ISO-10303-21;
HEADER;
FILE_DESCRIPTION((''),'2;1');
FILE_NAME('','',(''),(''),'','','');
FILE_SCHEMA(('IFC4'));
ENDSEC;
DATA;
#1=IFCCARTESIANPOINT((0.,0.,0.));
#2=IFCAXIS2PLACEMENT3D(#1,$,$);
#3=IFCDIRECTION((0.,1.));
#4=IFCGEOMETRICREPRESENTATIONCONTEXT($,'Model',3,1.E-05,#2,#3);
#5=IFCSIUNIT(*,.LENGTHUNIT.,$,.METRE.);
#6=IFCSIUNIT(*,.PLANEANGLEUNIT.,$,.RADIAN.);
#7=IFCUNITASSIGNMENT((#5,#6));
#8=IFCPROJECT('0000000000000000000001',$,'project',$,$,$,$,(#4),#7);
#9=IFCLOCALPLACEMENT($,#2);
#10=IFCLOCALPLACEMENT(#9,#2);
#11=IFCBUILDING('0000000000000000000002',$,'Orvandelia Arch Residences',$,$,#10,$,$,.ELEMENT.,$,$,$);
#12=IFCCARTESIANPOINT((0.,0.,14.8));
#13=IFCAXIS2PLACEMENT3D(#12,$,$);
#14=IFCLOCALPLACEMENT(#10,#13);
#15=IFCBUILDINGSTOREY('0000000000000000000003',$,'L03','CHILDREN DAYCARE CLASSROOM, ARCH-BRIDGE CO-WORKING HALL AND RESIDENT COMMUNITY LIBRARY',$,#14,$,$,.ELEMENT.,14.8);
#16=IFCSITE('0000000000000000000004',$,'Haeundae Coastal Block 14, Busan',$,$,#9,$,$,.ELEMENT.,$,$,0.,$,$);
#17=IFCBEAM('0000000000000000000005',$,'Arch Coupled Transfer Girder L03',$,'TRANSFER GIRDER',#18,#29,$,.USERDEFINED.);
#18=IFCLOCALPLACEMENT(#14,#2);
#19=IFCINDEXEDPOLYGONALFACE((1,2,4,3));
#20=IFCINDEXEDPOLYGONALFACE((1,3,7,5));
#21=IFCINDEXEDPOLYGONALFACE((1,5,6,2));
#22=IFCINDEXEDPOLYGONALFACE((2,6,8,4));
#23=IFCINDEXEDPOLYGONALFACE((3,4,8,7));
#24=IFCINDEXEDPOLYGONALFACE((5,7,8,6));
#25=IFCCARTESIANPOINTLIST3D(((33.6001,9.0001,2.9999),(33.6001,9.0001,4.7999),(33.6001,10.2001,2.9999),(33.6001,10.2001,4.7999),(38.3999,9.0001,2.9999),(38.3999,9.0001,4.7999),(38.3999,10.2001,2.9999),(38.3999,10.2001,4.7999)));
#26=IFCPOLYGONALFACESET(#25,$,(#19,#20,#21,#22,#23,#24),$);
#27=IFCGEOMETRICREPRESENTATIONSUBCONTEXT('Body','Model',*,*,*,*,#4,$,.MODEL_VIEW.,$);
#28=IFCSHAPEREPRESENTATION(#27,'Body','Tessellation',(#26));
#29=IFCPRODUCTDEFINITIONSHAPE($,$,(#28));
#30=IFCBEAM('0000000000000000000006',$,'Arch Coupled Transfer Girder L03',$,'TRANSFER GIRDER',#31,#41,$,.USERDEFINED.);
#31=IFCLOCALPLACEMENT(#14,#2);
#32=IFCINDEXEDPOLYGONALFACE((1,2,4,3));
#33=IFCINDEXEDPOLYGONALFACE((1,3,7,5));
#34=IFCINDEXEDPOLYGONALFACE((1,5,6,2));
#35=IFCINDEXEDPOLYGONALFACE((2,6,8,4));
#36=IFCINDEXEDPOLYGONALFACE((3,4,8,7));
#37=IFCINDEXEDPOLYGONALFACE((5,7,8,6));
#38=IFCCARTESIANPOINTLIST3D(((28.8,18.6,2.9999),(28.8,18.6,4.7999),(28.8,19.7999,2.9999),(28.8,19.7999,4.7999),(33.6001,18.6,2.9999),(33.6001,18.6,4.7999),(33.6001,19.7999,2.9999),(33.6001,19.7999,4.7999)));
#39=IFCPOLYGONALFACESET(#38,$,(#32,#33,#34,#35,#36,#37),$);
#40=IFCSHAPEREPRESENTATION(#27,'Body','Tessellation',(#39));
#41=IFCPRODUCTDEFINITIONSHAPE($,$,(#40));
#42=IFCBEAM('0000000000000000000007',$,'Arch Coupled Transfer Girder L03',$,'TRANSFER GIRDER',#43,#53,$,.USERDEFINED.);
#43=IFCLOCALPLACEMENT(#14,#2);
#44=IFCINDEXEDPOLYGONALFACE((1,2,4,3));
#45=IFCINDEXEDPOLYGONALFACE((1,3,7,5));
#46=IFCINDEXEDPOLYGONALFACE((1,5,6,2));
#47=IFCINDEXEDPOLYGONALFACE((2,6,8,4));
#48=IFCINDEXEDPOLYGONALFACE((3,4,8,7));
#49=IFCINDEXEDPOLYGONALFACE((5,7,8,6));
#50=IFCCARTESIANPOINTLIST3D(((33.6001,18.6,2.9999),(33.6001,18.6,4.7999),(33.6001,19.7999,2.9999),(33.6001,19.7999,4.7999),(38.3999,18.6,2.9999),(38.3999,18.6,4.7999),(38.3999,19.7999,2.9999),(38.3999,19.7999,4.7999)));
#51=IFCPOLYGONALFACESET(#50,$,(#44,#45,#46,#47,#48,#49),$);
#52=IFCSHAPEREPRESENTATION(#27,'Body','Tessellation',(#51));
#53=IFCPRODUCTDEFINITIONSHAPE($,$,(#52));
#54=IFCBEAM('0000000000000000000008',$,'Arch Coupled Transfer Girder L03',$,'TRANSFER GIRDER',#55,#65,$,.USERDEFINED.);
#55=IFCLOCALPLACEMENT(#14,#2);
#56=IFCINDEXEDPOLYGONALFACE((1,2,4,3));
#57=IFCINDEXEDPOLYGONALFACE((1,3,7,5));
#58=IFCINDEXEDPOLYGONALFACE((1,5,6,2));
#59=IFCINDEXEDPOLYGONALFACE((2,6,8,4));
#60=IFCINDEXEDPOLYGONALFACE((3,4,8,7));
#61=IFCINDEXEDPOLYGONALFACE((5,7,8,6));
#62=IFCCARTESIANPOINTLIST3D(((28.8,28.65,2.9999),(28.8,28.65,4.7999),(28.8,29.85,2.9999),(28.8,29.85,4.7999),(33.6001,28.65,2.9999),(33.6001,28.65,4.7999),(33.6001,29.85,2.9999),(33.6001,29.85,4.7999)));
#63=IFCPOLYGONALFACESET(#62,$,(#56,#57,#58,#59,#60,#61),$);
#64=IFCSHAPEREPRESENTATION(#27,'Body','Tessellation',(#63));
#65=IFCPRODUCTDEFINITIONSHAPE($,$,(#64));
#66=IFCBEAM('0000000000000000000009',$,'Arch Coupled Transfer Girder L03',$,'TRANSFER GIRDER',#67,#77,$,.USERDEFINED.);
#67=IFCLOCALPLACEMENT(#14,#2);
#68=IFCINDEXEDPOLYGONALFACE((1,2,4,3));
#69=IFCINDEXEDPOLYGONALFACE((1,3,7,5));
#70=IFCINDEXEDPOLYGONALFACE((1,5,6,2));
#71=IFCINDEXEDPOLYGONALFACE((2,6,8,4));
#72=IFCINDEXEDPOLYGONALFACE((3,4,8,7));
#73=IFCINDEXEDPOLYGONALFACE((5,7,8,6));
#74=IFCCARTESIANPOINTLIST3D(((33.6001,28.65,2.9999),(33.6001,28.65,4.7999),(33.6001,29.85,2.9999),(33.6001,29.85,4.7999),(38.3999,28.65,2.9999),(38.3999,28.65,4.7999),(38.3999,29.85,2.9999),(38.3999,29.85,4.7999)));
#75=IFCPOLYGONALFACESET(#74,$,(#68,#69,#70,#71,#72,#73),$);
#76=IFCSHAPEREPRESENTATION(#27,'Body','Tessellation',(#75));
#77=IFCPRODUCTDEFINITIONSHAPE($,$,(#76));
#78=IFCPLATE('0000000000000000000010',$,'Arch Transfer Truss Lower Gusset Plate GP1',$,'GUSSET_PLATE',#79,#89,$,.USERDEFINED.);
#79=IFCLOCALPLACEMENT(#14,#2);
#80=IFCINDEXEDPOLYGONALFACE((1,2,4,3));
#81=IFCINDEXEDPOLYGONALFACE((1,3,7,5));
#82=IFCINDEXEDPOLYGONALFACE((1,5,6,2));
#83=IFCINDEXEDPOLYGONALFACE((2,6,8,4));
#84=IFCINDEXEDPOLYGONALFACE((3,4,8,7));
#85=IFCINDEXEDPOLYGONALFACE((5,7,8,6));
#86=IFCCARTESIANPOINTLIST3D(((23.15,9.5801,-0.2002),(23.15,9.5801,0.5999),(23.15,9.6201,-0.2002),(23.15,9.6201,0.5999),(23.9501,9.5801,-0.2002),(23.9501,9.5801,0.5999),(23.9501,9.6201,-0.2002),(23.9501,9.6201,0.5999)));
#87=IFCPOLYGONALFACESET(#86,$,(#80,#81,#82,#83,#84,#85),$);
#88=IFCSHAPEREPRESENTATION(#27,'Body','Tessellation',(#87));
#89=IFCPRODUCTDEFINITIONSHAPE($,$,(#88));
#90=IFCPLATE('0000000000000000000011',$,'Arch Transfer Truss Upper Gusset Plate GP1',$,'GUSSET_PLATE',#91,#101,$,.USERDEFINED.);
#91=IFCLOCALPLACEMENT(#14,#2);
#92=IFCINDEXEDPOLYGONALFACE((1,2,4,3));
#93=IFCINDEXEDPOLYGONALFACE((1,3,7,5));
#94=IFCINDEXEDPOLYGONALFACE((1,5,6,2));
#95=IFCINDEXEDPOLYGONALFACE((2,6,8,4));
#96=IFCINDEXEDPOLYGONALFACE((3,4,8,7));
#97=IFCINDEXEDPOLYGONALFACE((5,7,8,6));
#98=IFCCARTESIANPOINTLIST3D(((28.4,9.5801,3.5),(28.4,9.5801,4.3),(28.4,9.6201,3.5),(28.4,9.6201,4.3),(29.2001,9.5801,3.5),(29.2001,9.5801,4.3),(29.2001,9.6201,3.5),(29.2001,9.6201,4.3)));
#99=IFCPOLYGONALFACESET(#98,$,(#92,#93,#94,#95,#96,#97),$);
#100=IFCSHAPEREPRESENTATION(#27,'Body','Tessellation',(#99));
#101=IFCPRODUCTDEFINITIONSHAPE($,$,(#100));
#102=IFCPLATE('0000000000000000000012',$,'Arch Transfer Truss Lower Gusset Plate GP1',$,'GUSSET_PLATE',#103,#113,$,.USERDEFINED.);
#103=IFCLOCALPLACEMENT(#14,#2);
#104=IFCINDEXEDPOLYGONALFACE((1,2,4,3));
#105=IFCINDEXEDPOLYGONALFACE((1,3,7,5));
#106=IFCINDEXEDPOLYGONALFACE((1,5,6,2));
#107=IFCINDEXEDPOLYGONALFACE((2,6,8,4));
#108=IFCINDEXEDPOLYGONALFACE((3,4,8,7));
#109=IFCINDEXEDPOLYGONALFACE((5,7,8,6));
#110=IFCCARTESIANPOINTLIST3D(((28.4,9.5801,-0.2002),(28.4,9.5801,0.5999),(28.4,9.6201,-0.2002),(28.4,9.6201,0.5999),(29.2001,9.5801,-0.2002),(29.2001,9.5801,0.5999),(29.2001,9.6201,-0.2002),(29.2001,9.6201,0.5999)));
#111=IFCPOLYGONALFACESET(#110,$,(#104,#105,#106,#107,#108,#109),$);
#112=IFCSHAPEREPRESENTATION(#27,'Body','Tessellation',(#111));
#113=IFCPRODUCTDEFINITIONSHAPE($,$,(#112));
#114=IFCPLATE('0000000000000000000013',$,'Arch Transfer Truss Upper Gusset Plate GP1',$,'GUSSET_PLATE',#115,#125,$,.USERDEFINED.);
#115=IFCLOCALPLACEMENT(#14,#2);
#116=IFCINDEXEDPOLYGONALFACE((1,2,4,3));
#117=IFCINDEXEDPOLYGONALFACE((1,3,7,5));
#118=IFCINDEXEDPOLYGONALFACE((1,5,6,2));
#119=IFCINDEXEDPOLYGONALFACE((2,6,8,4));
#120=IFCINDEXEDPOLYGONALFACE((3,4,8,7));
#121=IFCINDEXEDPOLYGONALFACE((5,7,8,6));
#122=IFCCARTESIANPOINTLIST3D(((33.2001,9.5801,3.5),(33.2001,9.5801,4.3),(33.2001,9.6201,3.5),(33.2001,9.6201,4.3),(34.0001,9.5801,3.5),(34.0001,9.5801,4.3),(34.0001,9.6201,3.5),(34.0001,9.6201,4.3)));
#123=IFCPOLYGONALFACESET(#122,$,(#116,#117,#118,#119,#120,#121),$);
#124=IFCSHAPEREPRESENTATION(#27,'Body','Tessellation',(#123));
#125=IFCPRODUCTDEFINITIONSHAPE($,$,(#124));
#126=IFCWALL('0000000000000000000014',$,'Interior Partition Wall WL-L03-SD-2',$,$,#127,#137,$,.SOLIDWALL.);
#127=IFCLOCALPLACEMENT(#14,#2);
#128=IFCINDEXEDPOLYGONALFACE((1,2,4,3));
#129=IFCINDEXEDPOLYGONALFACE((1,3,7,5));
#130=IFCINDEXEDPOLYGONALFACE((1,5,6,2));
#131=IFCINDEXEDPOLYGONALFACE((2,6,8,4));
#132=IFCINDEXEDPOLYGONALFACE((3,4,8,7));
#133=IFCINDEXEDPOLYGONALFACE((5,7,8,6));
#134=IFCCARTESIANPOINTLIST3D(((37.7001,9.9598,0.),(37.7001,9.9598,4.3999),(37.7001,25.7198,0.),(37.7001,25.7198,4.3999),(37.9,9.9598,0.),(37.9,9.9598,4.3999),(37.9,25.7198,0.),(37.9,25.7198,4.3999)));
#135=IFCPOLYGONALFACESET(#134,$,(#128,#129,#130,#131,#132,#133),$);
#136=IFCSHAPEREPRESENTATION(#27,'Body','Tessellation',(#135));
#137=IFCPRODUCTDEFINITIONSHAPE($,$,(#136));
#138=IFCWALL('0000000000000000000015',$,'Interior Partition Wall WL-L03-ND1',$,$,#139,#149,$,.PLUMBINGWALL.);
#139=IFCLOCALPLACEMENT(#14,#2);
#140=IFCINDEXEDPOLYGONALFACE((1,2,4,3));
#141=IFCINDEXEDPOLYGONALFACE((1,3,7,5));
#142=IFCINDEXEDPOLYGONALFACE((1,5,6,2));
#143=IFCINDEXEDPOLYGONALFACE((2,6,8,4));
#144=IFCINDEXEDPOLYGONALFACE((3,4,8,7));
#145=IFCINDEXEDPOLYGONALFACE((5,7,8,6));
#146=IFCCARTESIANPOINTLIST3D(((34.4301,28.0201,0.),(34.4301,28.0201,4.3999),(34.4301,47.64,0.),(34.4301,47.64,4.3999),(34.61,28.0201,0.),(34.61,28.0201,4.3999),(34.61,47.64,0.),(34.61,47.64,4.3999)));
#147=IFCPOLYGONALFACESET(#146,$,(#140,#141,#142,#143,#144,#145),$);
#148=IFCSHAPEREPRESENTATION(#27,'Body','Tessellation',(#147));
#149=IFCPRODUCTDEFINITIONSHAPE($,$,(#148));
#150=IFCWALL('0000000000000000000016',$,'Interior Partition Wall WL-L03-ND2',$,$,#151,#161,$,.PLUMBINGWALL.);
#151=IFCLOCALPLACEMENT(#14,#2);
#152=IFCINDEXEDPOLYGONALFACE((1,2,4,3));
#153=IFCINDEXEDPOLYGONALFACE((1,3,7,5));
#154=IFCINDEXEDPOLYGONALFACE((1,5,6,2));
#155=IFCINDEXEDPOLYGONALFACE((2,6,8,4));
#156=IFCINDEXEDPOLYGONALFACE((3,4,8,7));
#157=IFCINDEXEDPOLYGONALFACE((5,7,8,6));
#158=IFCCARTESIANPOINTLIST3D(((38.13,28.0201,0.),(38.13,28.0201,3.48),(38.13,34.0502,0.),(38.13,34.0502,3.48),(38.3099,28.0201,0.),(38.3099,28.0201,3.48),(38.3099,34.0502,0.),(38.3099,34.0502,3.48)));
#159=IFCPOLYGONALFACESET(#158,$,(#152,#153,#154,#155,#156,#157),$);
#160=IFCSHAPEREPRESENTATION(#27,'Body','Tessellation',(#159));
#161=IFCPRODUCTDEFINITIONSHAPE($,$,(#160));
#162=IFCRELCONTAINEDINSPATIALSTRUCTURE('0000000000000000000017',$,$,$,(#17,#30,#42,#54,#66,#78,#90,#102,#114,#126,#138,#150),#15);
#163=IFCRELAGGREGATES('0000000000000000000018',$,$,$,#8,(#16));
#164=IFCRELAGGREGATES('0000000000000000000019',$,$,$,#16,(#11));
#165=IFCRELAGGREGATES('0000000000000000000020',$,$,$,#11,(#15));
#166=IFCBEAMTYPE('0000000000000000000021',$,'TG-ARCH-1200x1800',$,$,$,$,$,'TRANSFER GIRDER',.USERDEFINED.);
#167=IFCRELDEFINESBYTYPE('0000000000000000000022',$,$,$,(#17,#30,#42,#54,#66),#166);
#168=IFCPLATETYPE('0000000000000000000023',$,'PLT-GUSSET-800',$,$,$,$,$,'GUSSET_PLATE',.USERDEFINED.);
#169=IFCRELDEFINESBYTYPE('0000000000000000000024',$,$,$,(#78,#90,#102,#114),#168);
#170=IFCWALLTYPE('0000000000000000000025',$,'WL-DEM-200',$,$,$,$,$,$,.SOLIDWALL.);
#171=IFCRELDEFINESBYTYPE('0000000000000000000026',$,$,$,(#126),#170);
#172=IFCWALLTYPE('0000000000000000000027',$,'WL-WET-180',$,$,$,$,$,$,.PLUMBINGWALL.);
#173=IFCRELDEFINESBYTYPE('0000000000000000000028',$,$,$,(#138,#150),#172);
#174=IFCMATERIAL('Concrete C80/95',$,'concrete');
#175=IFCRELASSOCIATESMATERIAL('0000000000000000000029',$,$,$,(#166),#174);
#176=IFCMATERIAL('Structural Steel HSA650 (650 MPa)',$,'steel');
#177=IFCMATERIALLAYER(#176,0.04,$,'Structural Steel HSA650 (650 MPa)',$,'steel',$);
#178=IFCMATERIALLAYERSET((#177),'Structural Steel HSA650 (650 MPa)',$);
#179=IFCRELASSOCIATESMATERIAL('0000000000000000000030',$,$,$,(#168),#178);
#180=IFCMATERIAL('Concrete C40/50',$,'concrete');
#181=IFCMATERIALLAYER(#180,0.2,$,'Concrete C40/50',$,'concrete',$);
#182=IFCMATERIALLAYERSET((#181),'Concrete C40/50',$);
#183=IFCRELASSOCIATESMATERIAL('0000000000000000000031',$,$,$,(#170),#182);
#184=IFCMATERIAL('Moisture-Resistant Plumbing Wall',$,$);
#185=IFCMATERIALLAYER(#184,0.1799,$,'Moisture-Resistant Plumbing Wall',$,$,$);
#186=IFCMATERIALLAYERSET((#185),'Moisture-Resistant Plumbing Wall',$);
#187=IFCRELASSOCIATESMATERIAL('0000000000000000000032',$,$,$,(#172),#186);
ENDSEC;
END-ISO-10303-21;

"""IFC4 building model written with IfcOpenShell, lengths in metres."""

from ifc_helpers import new_model, si_unit, direction, frame, frame_2d, origin, origin_2d, place, context, subcontext, project, spatial, rectangle, extrude, material, layer, layer_set, material_profile, profile_set, type_object, element, save


model = new_model("IFC4")

# Units and contexts
model_context = context("Model", 3, precision=1e-05, world=origin(), true_north=direction((0.0, 1.0)))
body_context = subcontext(model_context, "Body", "Model", "MODEL_VIEW")
ifc_project = project(units=[si_unit("LENGTHUNIT", "METRE"), si_unit("PLANEANGLEUNIT", "RADIAN")], contexts=[model_context])

# Site, building, storey
site_placement = place(None, origin())
site = spatial("IfcSite", under=ifc_project, at=site_placement, Name="Haeundae Coastal Block 14, Busan", CompositionType="ELEMENT", RefElevation=0.0)
building_placement = place(site_placement, origin())
building = spatial("IfcBuilding", under=site, at=building_placement, Name="Orvandelia Arch Residences", CompositionType="ELEMENT")
storey_placement = place(building_placement, frame((0.0, 0.0, 14.8)))
storey = spatial("IfcBuildingStorey", under=building, at=storey_placement, Name="L03", Description="CHILDREN DAYCARE CLASSROOM, ARCH-BRIDGE CO-WORKING HALL AND RESIDENT COMMUNITY LIBRARY", CompositionType="ELEMENT", Elevation=14.8)

# Shared definitions
ifc_material_1 = material(Name="Structural Steel HSA650 (650 MPa)", Category="steel")

# Beams
ifc_material_2 = material(Name="Concrete C80/95", Category="concrete")
ifc_material_profile_1 = material_profile(ifc_material_2, rectangle(XDim=1.2, YDim=1.8, at=origin_2d()), Name="Concrete C80/95", Category="concrete")
ifc_profile_set_1 = profile_set([ifc_material_profile_1], Name="Concrete C80/95")
beam_type_1 = type_object("IfcBeamType", Name="TG-ARCH-1200x1800", ElementType="TRANSFER GIRDER", PredefinedType="USERDEFINED", material=ifc_profile_set_1)
beam_1_placement = place(storey_placement, frame((33.6001, 9.6001, 3.8999), z_axis=(1.0, 0.0, 0.0), x_axis=(0.0, 1.0, 0.0)))
element("IfcBeam", 1, at=beam_1_placement, inside=storey, type_object=beam_type_1, Name="Arch Coupled Transfer Girder L03", ObjectType="TRANSFER GIRDER", PredefinedType="USERDEFINED", context=body_context, shape_type="SweptSolid", body=[
    extrude(rectangle(XDim=1.2, YDim=1.8, at=origin_2d()), origin(), (0.0, 0.0, 1.0), 4.7998),
])
beam_2_placement = place(storey_placement, frame((28.8, 19.2, 3.8999), z_axis=(1.0, 0.0, 0.0), x_axis=(0.0, 1.0, 0.0)))
element("IfcBeam", 2, at=beam_2_placement, inside=storey, type_object=beam_type_1, Name="Arch Coupled Transfer Girder L03", ObjectType="TRANSFER GIRDER", PredefinedType="USERDEFINED", context=body_context, shape_type="SweptSolid", body=[
    extrude(rectangle(XDim=1.2, YDim=1.8, at=origin_2d()), origin(), (0.0, 0.0, 1.0), 4.8),
])
beam_3_placement = place(storey_placement, frame((33.6001, 19.2, 3.8999), z_axis=(1.0, 0.0, 0.0), x_axis=(0.0, 1.0, 0.0)))
element("IfcBeam", 3, at=beam_3_placement, inside=storey, type_object=beam_type_1, Name="Arch Coupled Transfer Girder L03", ObjectType="TRANSFER GIRDER", PredefinedType="USERDEFINED", context=body_context, shape_type="SweptSolid", body=[
    extrude(rectangle(XDim=1.2, YDim=1.8, at=origin_2d()), origin(), (0.0, 0.0, 1.0), 4.7998),
])
beam_4_placement = place(storey_placement, frame((28.8, 29.25, 3.8999), z_axis=(1.0, 0.0, 0.0), x_axis=(0.0, 1.0, 0.0)))
element("IfcBeam", 4, at=beam_4_placement, inside=storey, type_object=beam_type_1, Name="Arch Coupled Transfer Girder L03", ObjectType="TRANSFER GIRDER", PredefinedType="USERDEFINED", context=body_context, shape_type="SweptSolid", body=[
    extrude(rectangle(XDim=1.2, YDim=1.8, at=origin_2d()), origin(), (0.0, 0.0, 1.0), 4.8),
])
beam_5_placement = place(storey_placement, frame((33.6001, 29.25, 3.8999), z_axis=(1.0, 0.0, 0.0), x_axis=(0.0, 1.0, 0.0)))
element("IfcBeam", 5, at=beam_5_placement, inside=storey, type_object=beam_type_1, Name="Arch Coupled Transfer Girder L03", ObjectType="TRANSFER GIRDER", PredefinedType="USERDEFINED", context=body_context, shape_type="SweptSolid", body=[
    extrude(rectangle(XDim=1.2, YDim=1.8, at=origin_2d()), origin(), (0.0, 0.0, 1.0), 4.7998),
])

# Plates
ifc_layer_1 = layer(ifc_material_1, 0.04, Name="Structural Steel HSA650 (650 MPa)", Category="steel")
ifc_layer_set_1 = layer_set([ifc_layer_1], Name="Structural Steel HSA650 (650 MPa)")
plate_type = type_object("IfcPlateType", Name="PLT-GUSSET-800", ElementType="GUSSET_PLATE", PredefinedType="USERDEFINED", material=ifc_layer_set_1)
for number, where, z_axis, x_axis, name in (
    (6, (23.55, 9.6001, -0.2002), (0.0, 0.0, 1.0), (1.0, 0.0, 0.0), "Arch Transfer Truss Lower Gusset Plate GP1"),
    (7, (28.8, 9.6001, 3.5), (0.0, 0.0, 1.0), (1.0, 0.0, 0.0), "Arch Transfer Truss Upper Gusset Plate GP1"),
    (8, (28.8, 9.6001, -0.2002), (0.0, 0.0, 1.0), (1.0, 0.0, 0.0), "Arch Transfer Truss Lower Gusset Plate GP1"),
    (9, (33.6001, 9.6001, 3.5), (0.0, 0.0, 1.0), (1.0, 0.0, 0.0), "Arch Transfer Truss Upper Gusset Plate GP1"),
):
    element("IfcPlate", number, at=place(storey_placement, frame(where, z_axis=z_axis, x_axis=x_axis)), inside=storey, type_object=plate_type, Name=name, ObjectType="GUSSET_PLATE", PredefinedType="USERDEFINED", context=body_context, shape_type="SweptSolid", body=[
        extrude(rectangle(XDim=0.8, YDim=0.04, at=origin_2d()), origin(), (0.0, 0.0, 1.0), 0.8),
    ])

# Walls
ifc_material_3 = material(Name="Concrete C40/50", Category="concrete")
ifc_layer_2 = layer(ifc_material_3, 0.2, Name="Concrete C40/50", Category="concrete")
ifc_layer_set_2 = layer_set([ifc_layer_2], Name="Concrete C40/50")
wall_type_1 = type_object("IfcWallType", Name="WL-DEM-200", PredefinedType="SOLIDWALL", material=ifc_layer_set_2)
wall_1_placement = place(storey_placement, frame((37.8, 9.96, 0.0), z_axis=(0.0, 0.0, 1.0), x_axis=(0.0, 1.0, 0.0)))
element("IfcWall", 10, at=wall_1_placement, inside=storey, type_object=wall_type_1, Name="Interior Partition Wall WL-L03-SD-2", PredefinedType="SOLIDWALL", context=body_context, shape_type="SweptSolid", body=[
    extrude(rectangle(XDim=15.76, YDim=0.2, at=frame_2d((7.8799, 0.0))), origin(), (0.0, 0.0, 1.0), 4.3999),
])
ifc_material_4 = material(Name="Moisture-Resistant Plumbing Wall")
ifc_layer_3 = layer(ifc_material_4, 0.1799, Name="Moisture-Resistant Plumbing Wall")
ifc_layer_set_3 = layer_set([ifc_layer_3], Name="Moisture-Resistant Plumbing Wall")
wall_type_2 = type_object("IfcWallType", Name="WL-WET-180", PredefinedType="PLUMBINGWALL", material=ifc_layer_set_3)
wall_2_placement = place(storey_placement, frame((34.52, 28.02, 0.0), z_axis=(0.0, 0.0, 1.0), x_axis=(0.0, 1.0, 0.0)))
element("IfcWall", 11, at=wall_2_placement, inside=storey, type_object=wall_type_2, Name="Interior Partition Wall WL-L03-ND1", PredefinedType="PLUMBINGWALL", context=body_context, shape_type="SweptSolid", body=[
    extrude(rectangle(XDim=19.6199, YDim=0.1799, at=frame_2d((9.8101, 0.0))), origin(), (0.0, 0.0, 1.0), 4.3999),
])
wall_3_placement = place(storey_placement, frame((38.22, 28.02, 0.0), z_axis=(0.0, 0.0, 1.0), x_axis=(0.0, 1.0, 0.0)))
element("IfcWall", 12, at=wall_3_placement, inside=storey, type_object=wall_type_2, Name="Interior Partition Wall WL-L03-ND2", PredefinedType="PLUMBINGWALL", context=body_context, shape_type="SweptSolid", body=[
    extrude(rectangle(XDim=6.03, YDim=0.1799, at=frame_2d((3.0151, 0.0))), origin(), (0.0, 0.0, 1.0), 3.48),
])

save(model, "model.ifc")
